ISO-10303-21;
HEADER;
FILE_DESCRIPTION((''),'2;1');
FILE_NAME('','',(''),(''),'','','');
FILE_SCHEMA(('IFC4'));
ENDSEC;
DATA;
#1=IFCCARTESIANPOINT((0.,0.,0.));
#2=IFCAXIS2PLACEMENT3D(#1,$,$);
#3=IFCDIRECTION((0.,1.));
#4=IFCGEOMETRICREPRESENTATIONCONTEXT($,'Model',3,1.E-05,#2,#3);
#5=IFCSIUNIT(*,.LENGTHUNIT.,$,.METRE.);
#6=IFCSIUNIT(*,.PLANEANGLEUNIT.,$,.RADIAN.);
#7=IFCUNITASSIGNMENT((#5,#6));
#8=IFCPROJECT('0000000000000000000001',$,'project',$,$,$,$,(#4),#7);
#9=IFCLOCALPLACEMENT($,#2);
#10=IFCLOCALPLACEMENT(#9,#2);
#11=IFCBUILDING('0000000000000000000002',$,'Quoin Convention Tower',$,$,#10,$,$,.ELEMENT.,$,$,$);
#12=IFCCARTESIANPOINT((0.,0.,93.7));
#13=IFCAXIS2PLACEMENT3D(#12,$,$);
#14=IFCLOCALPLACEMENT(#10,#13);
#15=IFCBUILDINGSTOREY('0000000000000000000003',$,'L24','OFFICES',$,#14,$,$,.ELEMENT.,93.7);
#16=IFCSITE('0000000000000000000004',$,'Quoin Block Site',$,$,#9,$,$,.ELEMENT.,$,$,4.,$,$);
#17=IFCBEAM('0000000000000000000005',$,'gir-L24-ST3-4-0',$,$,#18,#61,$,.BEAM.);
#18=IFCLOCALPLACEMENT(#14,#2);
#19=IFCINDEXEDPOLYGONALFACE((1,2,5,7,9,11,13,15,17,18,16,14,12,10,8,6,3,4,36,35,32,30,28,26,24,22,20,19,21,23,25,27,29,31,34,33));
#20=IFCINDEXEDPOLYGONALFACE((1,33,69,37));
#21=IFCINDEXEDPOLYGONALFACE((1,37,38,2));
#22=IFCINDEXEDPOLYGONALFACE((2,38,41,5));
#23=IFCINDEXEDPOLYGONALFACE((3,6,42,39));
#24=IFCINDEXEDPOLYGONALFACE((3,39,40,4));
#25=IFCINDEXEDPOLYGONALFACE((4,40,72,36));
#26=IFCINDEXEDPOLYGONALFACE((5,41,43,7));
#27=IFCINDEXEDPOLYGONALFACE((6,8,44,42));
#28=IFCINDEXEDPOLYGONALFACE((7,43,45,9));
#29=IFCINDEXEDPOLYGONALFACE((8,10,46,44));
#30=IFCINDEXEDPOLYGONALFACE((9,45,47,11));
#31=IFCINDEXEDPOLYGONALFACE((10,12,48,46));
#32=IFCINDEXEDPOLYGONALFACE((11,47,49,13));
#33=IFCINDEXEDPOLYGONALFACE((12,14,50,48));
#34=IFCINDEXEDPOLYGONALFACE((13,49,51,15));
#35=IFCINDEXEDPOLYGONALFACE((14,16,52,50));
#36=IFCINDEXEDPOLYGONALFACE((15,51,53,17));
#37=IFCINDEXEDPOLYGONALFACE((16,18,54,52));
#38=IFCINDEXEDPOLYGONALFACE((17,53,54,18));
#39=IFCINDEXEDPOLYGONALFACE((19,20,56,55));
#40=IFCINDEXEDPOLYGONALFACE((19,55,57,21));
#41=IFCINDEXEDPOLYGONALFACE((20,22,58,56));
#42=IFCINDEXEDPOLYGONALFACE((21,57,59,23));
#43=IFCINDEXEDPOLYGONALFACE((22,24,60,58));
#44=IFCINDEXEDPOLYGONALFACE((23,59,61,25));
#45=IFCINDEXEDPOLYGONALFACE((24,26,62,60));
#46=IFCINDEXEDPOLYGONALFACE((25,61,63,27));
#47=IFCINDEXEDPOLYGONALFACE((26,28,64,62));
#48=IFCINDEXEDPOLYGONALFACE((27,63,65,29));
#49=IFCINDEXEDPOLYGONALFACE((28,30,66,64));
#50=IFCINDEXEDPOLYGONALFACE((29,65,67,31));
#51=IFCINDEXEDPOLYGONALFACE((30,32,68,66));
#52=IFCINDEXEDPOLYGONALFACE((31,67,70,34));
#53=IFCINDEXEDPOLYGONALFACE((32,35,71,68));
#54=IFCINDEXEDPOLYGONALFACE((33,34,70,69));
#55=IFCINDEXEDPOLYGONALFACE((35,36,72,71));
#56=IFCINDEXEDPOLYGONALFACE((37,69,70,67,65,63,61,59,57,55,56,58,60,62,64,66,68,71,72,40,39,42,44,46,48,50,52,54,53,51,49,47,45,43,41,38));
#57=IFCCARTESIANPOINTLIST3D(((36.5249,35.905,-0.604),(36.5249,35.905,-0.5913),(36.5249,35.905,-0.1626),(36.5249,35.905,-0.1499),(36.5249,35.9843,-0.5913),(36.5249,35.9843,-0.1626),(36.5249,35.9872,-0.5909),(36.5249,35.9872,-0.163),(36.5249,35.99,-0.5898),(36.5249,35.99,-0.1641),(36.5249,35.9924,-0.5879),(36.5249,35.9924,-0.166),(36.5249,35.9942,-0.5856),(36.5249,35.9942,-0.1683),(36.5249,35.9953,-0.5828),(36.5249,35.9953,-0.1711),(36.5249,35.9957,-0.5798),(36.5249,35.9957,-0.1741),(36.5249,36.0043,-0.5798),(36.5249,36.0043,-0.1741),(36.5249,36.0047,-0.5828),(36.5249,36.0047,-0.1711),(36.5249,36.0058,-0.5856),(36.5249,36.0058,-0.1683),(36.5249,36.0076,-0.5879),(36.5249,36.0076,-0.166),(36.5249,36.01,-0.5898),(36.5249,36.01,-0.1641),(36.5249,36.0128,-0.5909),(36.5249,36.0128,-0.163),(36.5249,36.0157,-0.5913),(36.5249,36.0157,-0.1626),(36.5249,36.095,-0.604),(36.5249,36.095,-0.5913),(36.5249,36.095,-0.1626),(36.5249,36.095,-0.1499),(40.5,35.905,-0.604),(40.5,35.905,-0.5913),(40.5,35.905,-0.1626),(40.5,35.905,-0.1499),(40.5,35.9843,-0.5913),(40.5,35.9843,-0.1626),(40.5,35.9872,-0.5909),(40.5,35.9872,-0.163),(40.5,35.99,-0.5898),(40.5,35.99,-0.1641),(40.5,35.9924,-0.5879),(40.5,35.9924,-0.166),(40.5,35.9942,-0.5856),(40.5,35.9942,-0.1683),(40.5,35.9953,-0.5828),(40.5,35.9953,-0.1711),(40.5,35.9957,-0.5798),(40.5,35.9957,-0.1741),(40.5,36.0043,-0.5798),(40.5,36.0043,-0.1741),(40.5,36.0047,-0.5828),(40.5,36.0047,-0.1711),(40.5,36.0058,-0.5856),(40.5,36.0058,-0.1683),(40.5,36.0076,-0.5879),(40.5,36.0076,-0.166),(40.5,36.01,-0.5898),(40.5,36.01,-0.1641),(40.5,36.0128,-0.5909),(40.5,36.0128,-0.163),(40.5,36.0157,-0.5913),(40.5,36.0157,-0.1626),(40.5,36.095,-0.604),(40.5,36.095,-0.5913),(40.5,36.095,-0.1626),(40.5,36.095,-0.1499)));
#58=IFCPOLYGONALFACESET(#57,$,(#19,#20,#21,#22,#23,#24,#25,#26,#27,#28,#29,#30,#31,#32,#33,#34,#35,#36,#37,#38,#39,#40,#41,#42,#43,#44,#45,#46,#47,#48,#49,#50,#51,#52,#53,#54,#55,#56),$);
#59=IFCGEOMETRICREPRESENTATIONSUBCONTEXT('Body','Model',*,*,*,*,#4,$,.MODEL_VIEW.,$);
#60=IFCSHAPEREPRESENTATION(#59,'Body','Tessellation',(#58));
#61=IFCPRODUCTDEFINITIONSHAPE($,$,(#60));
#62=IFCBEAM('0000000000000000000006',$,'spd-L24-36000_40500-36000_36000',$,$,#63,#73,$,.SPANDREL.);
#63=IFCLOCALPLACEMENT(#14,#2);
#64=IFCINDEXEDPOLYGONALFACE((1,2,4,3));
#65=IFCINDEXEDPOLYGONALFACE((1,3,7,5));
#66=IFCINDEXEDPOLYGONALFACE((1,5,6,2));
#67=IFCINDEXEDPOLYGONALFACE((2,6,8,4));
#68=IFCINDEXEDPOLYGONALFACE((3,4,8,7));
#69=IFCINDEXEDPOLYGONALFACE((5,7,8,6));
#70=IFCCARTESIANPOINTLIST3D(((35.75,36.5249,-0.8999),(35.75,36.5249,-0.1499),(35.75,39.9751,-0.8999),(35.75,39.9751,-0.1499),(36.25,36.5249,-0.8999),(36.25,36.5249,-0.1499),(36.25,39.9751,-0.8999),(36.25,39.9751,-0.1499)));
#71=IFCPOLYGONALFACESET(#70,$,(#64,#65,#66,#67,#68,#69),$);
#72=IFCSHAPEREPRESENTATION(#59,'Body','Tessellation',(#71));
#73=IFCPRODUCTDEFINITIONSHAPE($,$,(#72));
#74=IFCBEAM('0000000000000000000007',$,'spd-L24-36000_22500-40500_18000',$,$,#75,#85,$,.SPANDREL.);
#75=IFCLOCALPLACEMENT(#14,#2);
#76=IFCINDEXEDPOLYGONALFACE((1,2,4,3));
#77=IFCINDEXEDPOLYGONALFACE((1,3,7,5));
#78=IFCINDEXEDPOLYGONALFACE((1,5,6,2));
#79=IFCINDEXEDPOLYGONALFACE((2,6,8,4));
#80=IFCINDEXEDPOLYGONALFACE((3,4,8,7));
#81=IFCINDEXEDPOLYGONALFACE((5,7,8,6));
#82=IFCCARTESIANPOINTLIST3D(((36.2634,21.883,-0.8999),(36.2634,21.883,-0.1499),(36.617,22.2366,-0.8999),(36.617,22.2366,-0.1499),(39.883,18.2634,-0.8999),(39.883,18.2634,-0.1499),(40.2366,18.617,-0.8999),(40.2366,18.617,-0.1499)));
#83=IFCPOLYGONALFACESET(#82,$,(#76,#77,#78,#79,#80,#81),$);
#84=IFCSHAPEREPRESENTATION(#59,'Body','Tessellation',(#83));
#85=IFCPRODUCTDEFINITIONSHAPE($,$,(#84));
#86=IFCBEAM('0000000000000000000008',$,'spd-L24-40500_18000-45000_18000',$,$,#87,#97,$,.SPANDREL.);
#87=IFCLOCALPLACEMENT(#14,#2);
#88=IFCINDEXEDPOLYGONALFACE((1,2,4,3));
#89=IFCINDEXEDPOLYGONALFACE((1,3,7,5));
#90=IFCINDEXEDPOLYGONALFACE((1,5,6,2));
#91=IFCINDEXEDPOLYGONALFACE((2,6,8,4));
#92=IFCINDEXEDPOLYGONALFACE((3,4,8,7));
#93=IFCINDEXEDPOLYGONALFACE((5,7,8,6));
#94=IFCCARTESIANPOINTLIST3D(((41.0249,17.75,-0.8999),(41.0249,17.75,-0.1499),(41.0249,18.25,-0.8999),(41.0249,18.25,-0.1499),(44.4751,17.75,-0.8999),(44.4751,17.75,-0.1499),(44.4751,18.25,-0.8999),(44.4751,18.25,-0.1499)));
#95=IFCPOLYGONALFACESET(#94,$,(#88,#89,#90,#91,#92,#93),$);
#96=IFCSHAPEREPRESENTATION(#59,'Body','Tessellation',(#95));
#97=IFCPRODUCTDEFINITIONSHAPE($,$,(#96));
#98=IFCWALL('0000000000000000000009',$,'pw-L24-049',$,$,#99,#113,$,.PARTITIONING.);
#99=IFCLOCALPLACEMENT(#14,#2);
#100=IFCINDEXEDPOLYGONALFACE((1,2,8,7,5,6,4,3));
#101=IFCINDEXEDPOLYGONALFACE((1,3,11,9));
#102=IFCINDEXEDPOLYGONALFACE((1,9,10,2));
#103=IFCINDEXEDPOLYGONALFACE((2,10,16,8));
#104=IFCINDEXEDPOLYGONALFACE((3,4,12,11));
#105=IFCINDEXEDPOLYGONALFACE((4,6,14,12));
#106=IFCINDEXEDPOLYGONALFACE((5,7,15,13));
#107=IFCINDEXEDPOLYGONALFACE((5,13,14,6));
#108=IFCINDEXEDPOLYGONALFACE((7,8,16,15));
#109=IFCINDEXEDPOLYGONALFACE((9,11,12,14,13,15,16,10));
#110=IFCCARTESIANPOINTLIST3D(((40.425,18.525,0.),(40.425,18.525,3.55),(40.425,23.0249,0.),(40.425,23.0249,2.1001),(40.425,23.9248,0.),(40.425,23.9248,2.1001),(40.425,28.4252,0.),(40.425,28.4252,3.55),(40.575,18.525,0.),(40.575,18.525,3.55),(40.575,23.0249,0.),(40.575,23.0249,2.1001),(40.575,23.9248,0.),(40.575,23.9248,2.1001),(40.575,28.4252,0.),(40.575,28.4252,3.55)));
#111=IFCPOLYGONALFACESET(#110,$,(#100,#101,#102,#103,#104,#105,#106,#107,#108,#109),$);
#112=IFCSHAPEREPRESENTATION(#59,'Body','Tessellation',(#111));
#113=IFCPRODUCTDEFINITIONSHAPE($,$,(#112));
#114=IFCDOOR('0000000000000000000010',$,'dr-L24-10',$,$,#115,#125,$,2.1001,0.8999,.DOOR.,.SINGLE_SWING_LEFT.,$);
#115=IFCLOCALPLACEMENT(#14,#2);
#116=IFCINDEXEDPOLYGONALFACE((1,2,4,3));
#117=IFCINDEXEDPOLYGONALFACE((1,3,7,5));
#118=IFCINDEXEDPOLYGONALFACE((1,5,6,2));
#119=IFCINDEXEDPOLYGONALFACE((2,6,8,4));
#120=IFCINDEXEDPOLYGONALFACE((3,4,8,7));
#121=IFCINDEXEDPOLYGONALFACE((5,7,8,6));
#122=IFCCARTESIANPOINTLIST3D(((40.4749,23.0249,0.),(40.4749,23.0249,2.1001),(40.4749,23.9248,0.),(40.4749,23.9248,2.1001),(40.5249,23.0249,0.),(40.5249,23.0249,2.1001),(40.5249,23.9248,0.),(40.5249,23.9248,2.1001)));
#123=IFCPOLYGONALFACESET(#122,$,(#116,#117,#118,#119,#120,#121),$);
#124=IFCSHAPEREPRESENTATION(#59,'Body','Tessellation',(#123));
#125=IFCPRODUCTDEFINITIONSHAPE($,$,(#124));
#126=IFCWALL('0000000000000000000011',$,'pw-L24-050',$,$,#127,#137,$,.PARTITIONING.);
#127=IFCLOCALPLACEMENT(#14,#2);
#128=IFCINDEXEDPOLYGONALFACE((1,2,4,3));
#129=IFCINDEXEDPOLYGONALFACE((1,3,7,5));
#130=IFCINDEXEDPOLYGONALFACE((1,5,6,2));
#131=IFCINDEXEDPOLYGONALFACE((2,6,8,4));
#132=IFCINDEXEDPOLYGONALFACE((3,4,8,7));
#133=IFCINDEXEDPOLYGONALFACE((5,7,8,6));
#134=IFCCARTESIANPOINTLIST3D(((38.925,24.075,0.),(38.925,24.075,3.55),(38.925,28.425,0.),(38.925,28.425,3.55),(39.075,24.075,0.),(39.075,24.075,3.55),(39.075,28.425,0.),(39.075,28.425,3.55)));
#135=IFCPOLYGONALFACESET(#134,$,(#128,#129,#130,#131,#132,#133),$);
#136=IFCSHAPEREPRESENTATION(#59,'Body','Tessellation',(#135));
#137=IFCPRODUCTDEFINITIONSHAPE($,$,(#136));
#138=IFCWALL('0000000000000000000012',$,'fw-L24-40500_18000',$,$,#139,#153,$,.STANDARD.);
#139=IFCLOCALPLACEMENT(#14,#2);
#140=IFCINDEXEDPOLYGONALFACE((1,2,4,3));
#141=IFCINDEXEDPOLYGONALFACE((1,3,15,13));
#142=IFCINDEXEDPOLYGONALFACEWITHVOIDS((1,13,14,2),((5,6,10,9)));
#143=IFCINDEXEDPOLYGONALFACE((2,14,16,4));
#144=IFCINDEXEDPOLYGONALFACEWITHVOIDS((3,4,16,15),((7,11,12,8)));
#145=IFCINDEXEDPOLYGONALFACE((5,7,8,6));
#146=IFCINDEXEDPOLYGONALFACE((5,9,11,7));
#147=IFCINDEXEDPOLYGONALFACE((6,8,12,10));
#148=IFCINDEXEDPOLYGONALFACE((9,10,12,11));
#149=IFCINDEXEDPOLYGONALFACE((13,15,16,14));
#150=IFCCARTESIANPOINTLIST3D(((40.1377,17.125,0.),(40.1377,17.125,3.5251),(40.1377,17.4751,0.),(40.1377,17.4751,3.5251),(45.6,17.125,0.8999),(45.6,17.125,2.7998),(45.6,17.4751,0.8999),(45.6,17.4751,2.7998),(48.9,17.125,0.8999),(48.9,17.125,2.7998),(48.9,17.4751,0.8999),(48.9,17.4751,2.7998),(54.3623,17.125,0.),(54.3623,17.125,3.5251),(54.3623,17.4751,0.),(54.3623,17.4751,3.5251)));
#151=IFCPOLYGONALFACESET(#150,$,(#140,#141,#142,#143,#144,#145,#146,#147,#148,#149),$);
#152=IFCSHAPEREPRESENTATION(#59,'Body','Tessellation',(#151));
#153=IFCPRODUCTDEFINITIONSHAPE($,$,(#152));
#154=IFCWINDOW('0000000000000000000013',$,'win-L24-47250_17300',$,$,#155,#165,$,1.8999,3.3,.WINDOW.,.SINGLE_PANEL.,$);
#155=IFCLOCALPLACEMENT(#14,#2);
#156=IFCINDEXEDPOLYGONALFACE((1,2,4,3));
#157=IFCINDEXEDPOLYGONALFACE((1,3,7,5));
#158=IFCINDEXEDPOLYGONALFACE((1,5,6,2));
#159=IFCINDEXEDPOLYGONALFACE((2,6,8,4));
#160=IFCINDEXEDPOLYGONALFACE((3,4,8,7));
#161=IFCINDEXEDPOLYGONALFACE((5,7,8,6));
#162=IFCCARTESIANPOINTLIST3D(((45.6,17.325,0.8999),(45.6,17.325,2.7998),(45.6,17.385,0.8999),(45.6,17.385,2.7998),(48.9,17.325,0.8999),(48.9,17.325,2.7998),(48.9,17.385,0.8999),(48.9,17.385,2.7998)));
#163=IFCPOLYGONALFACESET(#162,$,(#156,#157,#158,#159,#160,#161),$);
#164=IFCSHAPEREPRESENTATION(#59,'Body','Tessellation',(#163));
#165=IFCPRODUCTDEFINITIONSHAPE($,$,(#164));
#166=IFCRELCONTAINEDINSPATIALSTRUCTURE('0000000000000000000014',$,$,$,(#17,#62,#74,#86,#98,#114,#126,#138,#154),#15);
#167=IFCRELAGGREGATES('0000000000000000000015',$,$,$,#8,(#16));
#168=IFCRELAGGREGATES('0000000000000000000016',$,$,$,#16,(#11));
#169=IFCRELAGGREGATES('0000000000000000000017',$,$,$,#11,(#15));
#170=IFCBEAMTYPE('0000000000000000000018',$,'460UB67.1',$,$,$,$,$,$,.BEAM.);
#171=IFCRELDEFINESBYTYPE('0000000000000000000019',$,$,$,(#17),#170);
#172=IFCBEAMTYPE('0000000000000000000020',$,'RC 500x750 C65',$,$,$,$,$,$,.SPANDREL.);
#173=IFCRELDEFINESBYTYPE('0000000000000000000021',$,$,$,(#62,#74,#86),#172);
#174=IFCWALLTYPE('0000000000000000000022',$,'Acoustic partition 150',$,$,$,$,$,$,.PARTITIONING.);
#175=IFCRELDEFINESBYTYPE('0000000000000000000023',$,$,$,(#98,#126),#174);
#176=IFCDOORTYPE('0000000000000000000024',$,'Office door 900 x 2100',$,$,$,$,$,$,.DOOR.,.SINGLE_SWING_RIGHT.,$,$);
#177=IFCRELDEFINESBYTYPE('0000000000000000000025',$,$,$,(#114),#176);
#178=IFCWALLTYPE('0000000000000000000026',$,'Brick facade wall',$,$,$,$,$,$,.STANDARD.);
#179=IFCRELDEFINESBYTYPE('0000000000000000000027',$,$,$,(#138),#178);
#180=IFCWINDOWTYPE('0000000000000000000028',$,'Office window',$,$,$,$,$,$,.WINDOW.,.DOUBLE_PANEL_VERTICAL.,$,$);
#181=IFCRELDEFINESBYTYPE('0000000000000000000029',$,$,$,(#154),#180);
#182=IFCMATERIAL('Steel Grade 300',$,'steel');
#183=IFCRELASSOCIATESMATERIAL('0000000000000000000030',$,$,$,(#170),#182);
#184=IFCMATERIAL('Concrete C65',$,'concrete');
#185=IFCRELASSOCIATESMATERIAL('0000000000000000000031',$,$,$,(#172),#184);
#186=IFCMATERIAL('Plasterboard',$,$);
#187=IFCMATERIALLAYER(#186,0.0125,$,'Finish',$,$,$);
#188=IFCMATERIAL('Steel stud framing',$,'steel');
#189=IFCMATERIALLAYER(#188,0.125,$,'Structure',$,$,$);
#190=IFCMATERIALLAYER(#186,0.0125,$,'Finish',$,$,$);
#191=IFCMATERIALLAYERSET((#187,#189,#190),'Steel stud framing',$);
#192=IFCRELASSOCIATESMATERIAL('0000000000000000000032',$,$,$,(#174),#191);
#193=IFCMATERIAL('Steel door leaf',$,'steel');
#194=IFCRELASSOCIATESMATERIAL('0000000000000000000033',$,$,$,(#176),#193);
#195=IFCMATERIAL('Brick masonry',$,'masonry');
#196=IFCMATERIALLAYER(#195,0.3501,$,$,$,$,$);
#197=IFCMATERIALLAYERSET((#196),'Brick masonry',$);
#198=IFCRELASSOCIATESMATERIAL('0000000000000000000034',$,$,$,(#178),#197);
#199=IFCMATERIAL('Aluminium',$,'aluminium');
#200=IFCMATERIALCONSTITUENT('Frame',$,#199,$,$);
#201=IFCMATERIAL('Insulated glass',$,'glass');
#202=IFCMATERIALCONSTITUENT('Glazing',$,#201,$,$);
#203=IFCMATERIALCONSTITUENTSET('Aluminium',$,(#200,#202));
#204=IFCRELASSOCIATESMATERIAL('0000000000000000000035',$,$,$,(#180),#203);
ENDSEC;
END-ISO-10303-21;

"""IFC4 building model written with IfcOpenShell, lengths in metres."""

from ifc_helpers import new_model, si_unit, direction, frame, frame_2d, origin, origin_2d, place, context, subcontext, project, spatial, rectangle, i_section, extrude, material, layer, layer_set, constituent, constituent_set, material_profile, profile_set, type_object, element, fill, save


model = new_model("IFC4")

# Units and contexts
model_context = context("Model", 3, precision=1e-05, world=origin(), true_north=direction((0.0, 1.0)))
body_context = subcontext(model_context, "Body", "Model", "MODEL_VIEW")
ifc_project = project(units=[si_unit("LENGTHUNIT", "METRE"), si_unit("PLANEANGLEUNIT", "RADIAN")], contexts=[model_context])

# Site, building, storey
site_placement = place(None, origin())
site = spatial("IfcSite", under=ifc_project, at=site_placement, Name="Quoin Block Site", CompositionType="ELEMENT", RefElevation=4.0)
building_placement = place(site_placement, origin())
building = spatial("IfcBuilding", under=site, at=building_placement, Name="Quoin Convention Tower", CompositionType="ELEMENT")
storey_placement = place(building_placement, frame((0.0, 0.0, 93.7)))
storey = spatial("IfcBuildingStorey", under=building, at=storey_placement, Name="L24", Description="OFFICES", CompositionType="ELEMENT", Elevation=93.7)

# Shared definitions
ifc_material_1 = material(Name="Concrete C65", Category="concrete")

# Beams
ifc_material_2 = material(Name="Steel Grade 300", Category="steel")
ifc_material_profile_1 = material_profile(ifc_material_2, i_section(OverallWidth=0.1899, OverallDepth=0.4541, WebThickness=0.0085, FlangeThickness=0.0127, FilletRadius=0.0115, at=origin_2d()), Name="460UB67.1")
ifc_profile_set_1 = profile_set([ifc_material_profile_1], Name="Steel Grade 300")
beam_type_1 = type_object("IfcBeamType", Name="460UB67.1", PredefinedType="BEAM", material=ifc_profile_set_1)
beam_1_placement = place(storey_placement, frame((36.5249, 36.0, -0.377), z_axis=(1.0, 0.0, 0.0), x_axis=(0.0, 1.0, 0.0)))
element("IfcBeam", 1, at=beam_1_placement, inside=storey, type_object=beam_type_1, Name="gir-L24-ST3-4-0", PredefinedType="BEAM", context=body_context, shape_type="SweptSolid", body=[
    extrude(i_section(OverallWidth=0.1899, OverallDepth=0.4541, WebThickness=0.0085, FlangeThickness=0.0127, FilletRadius=0.0115, at=origin_2d()), origin(), (0.0, 0.0, 1.0), 3.9751),
])
ifc_material_profile_2 = material_profile(ifc_material_1, rectangle(XDim=0.5, YDim=0.75, at=origin_2d()), Name="RC 500x750")
ifc_profile_set_2 = profile_set([ifc_material_profile_2], Name="Concrete C65")
beam_type_2 = type_object("IfcBeamType", Name="RC 500x750 C65", PredefinedType="SPANDREL", material=ifc_profile_set_2)
beam_2_placement = place(storey_placement, frame((36.0, 39.9751, -0.5249), z_axis=(0.0, -1.0, 0.0), x_axis=(1.0, 0.0, 0.0)))
element("IfcBeam", 2, at=beam_2_placement, inside=storey, type_object=beam_type_2, Name="spd-L24-36000_40500-36000_36000", PredefinedType="SPANDREL", context=body_context, shape_type="SweptSolid", body=[
    extrude(rectangle(XDim=0.5, YDim=0.75, at=origin_2d()), origin(), (0.0, 0.0, 1.0), 3.4502),
])
beam_3_placement = place(storey_placement, frame((36.4402, 22.0598, -0.5249), z_axis=(0.707107, -0.707107, 0.0), x_axis=(0.707107, 0.707107, 0.0)))
element("IfcBeam", 3, at=beam_3_placement, inside=storey, type_object=beam_type_2, Name="spd-L24-36000_22500-40500_18000", PredefinedType="SPANDREL", context=body_context, shape_type="SweptSolid", body=[
    extrude(rectangle(XDim=0.5, YDim=0.75, at=origin_2d()), origin(), (0.0, 0.0, 1.0), 5.1189),
])
beam_4_placement = place(storey_placement, frame((41.0249, 18.0, -0.5249), z_axis=(1.0, 0.0, 0.0), x_axis=(0.0, 1.0, 0.0)))
element("IfcBeam", 4, at=beam_4_placement, inside=storey, type_object=beam_type_2, Name="spd-L24-40500_18000-45000_18000", PredefinedType="SPANDREL", context=body_context, shape_type="SweptSolid", body=[
    extrude(rectangle(XDim=0.5, YDim=0.75, at=origin_2d()), origin(), (0.0, 0.0, 1.0), 3.4502),
])

# Wall, opening, door
ifc_material_3 = material(Name="Plasterboard")
ifc_layer_1 = layer(ifc_material_3, 0.0125, Name="Finish")
ifc_material_4 = material(Name="Steel stud framing", Category="steel")
ifc_layer_2 = layer(ifc_material_4, 0.125, Name="Structure")
ifc_layer_3 = layer(ifc_material_3, 0.0125, Name="Finish")
ifc_layer_set_1 = layer_set([ifc_layer_1, ifc_layer_2, ifc_layer_3], Name="Steel stud framing")
wall_type_1 = type_object("IfcWallType", Name="Acoustic partition 150", PredefinedType="PARTITIONING", material=ifc_layer_set_1)
wall_1_placement = place(storey_placement, frame((40.5, 18.5249, 0.0), z_axis=(0.0, 0.0, 1.0), x_axis=(0.0, 1.0, 0.0)))
wall_1 = element("IfcWall", 5, at=wall_1_placement, inside=storey, type_object=wall_type_1, Name="pw-L24-049", PredefinedType="PARTITIONING", context=body_context, shape_type="SweptSolid", body=[
    extrude(rectangle(XDim=9.9001, YDim=0.1499, at=frame_2d((4.9502, 0.0))), origin(), (0.0, 0.0, 1.0), 3.55),
])
opening_1_placement = place(wall_1_placement, frame((4.5, 0.0, 0.0)))
opening_1 = element("IfcOpeningElement", 6, at=opening_1_placement, cuts=wall_1, PredefinedType="OPENING", context=body_context, shape_type="SweptSolid", body=[
    extrude(rectangle(XDim=0.8999, YDim=2.1001, at=frame_2d((0.45, 1.05))), frame((0.0, 0.085, 0.0), z_axis=(0.0, -1.0, 0.0), x_axis=(1.0, 0.0, 0.0)), (0.0, 0.0, 1.0), 0.1699),
])
ifc_material_5 = material(Name="Steel door leaf", Category="steel")
door_type_1 = type_object("IfcDoorType", Name="Office door 900 x 2100", OperationType="SINGLE_SWING_RIGHT", PredefinedType="DOOR", material=ifc_material_5)
door_1_placement = place(opening_1_placement, frame((0.8999, 0.0, 0.0), z_axis=(0.0, 0.0, 1.0), x_axis=(-1.0, 0.0, 0.0)))
door_1 = element("IfcDoor", 7, at=door_1_placement, inside=storey, type_object=door_type_1, Name="dr-L24-10", OperationType="SINGLE_SWING_LEFT", OverallHeight=2.1001, OverallWidth=0.8999, PredefinedType="DOOR", context=body_context, shape_type="SweptSolid", body=[
    extrude(rectangle(XDim=0.8999, YDim=2.1001, at=frame_2d((0.45, 1.05))), frame((0.0, 0.0249, 0.0), z_axis=(0.0, -1.0, 0.0), x_axis=(1.0, 0.0, 0.0)), (0.0, 0.0, 1.0), 0.05),
])
fill(opening_1, door_1)

# Wall
wall_2_placement = place(storey_placement, frame((39.0, 24.075, 0.0), z_axis=(0.0, 0.0, 1.0), x_axis=(0.0, 1.0, 0.0)))
element("IfcWall", 8, at=wall_2_placement, inside=storey, type_object=wall_type_1, Name="pw-L24-050", PredefinedType="PARTITIONING", context=body_context, shape_type="SweptSolid", body=[
    extrude(rectangle(XDim=4.3501, YDim=0.1499, at=frame_2d((2.175, 0.0))), origin(), (0.0, 0.0, 1.0), 3.55),
])

# Wall, opening, window
ifc_material_6 = material(Name="Brick masonry", Category="masonry")
ifc_layer_4 = layer(ifc_material_6, 0.3501)
ifc_layer_set_2 = layer_set([ifc_layer_4], Name="Brick masonry")
wall_type_2 = type_object("IfcWallType", Name="Brick facade wall", PredefinedType="STANDARD", material=ifc_layer_set_2)
wall_3_placement = place(storey_placement, frame((40.1377, 17.3, 0.0), z_axis=(0.0, 0.0, 1.0), x_axis=(1.0, 0.0, 0.0)))
wall_3 = element("IfcWall", 9, at=wall_3_placement, inside=storey, type_object=wall_type_2, Name="fw-L24-40500_18000", PredefinedType="STANDARD", context=body_context, shape_type="SweptSolid", body=[
    extrude(rectangle(XDim=14.2246, YDim=0.3501, at=frame_2d((7.1123, 0.0))), origin(), (0.0, 0.0, 1.0), 3.5251),
])
opening_2_placement = place(wall_3_placement, frame((5.4624, 0.0, 0.8999)))
opening_2 = element("IfcOpeningElement", 10, at=opening_2_placement, cuts=wall_3, PredefinedType="OPENING", context=body_context, shape_type="SweptSolid", body=[
    extrude(rectangle(XDim=3.3, YDim=1.8999, at=frame_2d((1.6499, 0.95))), frame((0.0, 0.1851, 0.0), z_axis=(0.0, -1.0, 0.0), x_axis=(1.0, 0.0, 0.0)), (0.0, 0.0, 1.0), 0.3701),
])
ifc_material_7 = material(Name="Aluminium", Category="aluminium")
ifc_constituent_1 = constituent(ifc_material_7, Name="Frame")
ifc_material_8 = material(Name="Insulated glass", Category="glass")
ifc_constituent_2 = constituent(ifc_material_8, Name="Glazing")
ifc_constituent_set = constituent_set(constituents=[ifc_constituent_1, ifc_constituent_2], Name="Aluminium")
window_type = type_object("IfcWindowType", Name="Office window", PartitioningType="DOUBLE_PANEL_VERTICAL", PredefinedType="WINDOW", material=ifc_constituent_set)
window_placement = place(opening_2_placement, origin())
window = element("IfcWindow", 11, at=window_placement, inside=storey, type_object=window_type, Name="win-L24-47250_17300", OverallHeight=1.8999, OverallWidth=3.3, PartitioningType="SINGLE_PANEL", PredefinedType="WINDOW", context=body_context, shape_type="SweptSolid", body=[
    extrude(rectangle(XDim=3.3, YDim=1.8999, at=frame_2d((1.6499, 0.95))), frame((0.0, 0.085, 0.0), z_axis=(0.0, -1.0, 0.0), x_axis=(1.0, 0.0, 0.0)), (0.0, 0.0, 1.0), 0.0601),
])
fill(opening_2, window)

save(model, "model.ifc")
